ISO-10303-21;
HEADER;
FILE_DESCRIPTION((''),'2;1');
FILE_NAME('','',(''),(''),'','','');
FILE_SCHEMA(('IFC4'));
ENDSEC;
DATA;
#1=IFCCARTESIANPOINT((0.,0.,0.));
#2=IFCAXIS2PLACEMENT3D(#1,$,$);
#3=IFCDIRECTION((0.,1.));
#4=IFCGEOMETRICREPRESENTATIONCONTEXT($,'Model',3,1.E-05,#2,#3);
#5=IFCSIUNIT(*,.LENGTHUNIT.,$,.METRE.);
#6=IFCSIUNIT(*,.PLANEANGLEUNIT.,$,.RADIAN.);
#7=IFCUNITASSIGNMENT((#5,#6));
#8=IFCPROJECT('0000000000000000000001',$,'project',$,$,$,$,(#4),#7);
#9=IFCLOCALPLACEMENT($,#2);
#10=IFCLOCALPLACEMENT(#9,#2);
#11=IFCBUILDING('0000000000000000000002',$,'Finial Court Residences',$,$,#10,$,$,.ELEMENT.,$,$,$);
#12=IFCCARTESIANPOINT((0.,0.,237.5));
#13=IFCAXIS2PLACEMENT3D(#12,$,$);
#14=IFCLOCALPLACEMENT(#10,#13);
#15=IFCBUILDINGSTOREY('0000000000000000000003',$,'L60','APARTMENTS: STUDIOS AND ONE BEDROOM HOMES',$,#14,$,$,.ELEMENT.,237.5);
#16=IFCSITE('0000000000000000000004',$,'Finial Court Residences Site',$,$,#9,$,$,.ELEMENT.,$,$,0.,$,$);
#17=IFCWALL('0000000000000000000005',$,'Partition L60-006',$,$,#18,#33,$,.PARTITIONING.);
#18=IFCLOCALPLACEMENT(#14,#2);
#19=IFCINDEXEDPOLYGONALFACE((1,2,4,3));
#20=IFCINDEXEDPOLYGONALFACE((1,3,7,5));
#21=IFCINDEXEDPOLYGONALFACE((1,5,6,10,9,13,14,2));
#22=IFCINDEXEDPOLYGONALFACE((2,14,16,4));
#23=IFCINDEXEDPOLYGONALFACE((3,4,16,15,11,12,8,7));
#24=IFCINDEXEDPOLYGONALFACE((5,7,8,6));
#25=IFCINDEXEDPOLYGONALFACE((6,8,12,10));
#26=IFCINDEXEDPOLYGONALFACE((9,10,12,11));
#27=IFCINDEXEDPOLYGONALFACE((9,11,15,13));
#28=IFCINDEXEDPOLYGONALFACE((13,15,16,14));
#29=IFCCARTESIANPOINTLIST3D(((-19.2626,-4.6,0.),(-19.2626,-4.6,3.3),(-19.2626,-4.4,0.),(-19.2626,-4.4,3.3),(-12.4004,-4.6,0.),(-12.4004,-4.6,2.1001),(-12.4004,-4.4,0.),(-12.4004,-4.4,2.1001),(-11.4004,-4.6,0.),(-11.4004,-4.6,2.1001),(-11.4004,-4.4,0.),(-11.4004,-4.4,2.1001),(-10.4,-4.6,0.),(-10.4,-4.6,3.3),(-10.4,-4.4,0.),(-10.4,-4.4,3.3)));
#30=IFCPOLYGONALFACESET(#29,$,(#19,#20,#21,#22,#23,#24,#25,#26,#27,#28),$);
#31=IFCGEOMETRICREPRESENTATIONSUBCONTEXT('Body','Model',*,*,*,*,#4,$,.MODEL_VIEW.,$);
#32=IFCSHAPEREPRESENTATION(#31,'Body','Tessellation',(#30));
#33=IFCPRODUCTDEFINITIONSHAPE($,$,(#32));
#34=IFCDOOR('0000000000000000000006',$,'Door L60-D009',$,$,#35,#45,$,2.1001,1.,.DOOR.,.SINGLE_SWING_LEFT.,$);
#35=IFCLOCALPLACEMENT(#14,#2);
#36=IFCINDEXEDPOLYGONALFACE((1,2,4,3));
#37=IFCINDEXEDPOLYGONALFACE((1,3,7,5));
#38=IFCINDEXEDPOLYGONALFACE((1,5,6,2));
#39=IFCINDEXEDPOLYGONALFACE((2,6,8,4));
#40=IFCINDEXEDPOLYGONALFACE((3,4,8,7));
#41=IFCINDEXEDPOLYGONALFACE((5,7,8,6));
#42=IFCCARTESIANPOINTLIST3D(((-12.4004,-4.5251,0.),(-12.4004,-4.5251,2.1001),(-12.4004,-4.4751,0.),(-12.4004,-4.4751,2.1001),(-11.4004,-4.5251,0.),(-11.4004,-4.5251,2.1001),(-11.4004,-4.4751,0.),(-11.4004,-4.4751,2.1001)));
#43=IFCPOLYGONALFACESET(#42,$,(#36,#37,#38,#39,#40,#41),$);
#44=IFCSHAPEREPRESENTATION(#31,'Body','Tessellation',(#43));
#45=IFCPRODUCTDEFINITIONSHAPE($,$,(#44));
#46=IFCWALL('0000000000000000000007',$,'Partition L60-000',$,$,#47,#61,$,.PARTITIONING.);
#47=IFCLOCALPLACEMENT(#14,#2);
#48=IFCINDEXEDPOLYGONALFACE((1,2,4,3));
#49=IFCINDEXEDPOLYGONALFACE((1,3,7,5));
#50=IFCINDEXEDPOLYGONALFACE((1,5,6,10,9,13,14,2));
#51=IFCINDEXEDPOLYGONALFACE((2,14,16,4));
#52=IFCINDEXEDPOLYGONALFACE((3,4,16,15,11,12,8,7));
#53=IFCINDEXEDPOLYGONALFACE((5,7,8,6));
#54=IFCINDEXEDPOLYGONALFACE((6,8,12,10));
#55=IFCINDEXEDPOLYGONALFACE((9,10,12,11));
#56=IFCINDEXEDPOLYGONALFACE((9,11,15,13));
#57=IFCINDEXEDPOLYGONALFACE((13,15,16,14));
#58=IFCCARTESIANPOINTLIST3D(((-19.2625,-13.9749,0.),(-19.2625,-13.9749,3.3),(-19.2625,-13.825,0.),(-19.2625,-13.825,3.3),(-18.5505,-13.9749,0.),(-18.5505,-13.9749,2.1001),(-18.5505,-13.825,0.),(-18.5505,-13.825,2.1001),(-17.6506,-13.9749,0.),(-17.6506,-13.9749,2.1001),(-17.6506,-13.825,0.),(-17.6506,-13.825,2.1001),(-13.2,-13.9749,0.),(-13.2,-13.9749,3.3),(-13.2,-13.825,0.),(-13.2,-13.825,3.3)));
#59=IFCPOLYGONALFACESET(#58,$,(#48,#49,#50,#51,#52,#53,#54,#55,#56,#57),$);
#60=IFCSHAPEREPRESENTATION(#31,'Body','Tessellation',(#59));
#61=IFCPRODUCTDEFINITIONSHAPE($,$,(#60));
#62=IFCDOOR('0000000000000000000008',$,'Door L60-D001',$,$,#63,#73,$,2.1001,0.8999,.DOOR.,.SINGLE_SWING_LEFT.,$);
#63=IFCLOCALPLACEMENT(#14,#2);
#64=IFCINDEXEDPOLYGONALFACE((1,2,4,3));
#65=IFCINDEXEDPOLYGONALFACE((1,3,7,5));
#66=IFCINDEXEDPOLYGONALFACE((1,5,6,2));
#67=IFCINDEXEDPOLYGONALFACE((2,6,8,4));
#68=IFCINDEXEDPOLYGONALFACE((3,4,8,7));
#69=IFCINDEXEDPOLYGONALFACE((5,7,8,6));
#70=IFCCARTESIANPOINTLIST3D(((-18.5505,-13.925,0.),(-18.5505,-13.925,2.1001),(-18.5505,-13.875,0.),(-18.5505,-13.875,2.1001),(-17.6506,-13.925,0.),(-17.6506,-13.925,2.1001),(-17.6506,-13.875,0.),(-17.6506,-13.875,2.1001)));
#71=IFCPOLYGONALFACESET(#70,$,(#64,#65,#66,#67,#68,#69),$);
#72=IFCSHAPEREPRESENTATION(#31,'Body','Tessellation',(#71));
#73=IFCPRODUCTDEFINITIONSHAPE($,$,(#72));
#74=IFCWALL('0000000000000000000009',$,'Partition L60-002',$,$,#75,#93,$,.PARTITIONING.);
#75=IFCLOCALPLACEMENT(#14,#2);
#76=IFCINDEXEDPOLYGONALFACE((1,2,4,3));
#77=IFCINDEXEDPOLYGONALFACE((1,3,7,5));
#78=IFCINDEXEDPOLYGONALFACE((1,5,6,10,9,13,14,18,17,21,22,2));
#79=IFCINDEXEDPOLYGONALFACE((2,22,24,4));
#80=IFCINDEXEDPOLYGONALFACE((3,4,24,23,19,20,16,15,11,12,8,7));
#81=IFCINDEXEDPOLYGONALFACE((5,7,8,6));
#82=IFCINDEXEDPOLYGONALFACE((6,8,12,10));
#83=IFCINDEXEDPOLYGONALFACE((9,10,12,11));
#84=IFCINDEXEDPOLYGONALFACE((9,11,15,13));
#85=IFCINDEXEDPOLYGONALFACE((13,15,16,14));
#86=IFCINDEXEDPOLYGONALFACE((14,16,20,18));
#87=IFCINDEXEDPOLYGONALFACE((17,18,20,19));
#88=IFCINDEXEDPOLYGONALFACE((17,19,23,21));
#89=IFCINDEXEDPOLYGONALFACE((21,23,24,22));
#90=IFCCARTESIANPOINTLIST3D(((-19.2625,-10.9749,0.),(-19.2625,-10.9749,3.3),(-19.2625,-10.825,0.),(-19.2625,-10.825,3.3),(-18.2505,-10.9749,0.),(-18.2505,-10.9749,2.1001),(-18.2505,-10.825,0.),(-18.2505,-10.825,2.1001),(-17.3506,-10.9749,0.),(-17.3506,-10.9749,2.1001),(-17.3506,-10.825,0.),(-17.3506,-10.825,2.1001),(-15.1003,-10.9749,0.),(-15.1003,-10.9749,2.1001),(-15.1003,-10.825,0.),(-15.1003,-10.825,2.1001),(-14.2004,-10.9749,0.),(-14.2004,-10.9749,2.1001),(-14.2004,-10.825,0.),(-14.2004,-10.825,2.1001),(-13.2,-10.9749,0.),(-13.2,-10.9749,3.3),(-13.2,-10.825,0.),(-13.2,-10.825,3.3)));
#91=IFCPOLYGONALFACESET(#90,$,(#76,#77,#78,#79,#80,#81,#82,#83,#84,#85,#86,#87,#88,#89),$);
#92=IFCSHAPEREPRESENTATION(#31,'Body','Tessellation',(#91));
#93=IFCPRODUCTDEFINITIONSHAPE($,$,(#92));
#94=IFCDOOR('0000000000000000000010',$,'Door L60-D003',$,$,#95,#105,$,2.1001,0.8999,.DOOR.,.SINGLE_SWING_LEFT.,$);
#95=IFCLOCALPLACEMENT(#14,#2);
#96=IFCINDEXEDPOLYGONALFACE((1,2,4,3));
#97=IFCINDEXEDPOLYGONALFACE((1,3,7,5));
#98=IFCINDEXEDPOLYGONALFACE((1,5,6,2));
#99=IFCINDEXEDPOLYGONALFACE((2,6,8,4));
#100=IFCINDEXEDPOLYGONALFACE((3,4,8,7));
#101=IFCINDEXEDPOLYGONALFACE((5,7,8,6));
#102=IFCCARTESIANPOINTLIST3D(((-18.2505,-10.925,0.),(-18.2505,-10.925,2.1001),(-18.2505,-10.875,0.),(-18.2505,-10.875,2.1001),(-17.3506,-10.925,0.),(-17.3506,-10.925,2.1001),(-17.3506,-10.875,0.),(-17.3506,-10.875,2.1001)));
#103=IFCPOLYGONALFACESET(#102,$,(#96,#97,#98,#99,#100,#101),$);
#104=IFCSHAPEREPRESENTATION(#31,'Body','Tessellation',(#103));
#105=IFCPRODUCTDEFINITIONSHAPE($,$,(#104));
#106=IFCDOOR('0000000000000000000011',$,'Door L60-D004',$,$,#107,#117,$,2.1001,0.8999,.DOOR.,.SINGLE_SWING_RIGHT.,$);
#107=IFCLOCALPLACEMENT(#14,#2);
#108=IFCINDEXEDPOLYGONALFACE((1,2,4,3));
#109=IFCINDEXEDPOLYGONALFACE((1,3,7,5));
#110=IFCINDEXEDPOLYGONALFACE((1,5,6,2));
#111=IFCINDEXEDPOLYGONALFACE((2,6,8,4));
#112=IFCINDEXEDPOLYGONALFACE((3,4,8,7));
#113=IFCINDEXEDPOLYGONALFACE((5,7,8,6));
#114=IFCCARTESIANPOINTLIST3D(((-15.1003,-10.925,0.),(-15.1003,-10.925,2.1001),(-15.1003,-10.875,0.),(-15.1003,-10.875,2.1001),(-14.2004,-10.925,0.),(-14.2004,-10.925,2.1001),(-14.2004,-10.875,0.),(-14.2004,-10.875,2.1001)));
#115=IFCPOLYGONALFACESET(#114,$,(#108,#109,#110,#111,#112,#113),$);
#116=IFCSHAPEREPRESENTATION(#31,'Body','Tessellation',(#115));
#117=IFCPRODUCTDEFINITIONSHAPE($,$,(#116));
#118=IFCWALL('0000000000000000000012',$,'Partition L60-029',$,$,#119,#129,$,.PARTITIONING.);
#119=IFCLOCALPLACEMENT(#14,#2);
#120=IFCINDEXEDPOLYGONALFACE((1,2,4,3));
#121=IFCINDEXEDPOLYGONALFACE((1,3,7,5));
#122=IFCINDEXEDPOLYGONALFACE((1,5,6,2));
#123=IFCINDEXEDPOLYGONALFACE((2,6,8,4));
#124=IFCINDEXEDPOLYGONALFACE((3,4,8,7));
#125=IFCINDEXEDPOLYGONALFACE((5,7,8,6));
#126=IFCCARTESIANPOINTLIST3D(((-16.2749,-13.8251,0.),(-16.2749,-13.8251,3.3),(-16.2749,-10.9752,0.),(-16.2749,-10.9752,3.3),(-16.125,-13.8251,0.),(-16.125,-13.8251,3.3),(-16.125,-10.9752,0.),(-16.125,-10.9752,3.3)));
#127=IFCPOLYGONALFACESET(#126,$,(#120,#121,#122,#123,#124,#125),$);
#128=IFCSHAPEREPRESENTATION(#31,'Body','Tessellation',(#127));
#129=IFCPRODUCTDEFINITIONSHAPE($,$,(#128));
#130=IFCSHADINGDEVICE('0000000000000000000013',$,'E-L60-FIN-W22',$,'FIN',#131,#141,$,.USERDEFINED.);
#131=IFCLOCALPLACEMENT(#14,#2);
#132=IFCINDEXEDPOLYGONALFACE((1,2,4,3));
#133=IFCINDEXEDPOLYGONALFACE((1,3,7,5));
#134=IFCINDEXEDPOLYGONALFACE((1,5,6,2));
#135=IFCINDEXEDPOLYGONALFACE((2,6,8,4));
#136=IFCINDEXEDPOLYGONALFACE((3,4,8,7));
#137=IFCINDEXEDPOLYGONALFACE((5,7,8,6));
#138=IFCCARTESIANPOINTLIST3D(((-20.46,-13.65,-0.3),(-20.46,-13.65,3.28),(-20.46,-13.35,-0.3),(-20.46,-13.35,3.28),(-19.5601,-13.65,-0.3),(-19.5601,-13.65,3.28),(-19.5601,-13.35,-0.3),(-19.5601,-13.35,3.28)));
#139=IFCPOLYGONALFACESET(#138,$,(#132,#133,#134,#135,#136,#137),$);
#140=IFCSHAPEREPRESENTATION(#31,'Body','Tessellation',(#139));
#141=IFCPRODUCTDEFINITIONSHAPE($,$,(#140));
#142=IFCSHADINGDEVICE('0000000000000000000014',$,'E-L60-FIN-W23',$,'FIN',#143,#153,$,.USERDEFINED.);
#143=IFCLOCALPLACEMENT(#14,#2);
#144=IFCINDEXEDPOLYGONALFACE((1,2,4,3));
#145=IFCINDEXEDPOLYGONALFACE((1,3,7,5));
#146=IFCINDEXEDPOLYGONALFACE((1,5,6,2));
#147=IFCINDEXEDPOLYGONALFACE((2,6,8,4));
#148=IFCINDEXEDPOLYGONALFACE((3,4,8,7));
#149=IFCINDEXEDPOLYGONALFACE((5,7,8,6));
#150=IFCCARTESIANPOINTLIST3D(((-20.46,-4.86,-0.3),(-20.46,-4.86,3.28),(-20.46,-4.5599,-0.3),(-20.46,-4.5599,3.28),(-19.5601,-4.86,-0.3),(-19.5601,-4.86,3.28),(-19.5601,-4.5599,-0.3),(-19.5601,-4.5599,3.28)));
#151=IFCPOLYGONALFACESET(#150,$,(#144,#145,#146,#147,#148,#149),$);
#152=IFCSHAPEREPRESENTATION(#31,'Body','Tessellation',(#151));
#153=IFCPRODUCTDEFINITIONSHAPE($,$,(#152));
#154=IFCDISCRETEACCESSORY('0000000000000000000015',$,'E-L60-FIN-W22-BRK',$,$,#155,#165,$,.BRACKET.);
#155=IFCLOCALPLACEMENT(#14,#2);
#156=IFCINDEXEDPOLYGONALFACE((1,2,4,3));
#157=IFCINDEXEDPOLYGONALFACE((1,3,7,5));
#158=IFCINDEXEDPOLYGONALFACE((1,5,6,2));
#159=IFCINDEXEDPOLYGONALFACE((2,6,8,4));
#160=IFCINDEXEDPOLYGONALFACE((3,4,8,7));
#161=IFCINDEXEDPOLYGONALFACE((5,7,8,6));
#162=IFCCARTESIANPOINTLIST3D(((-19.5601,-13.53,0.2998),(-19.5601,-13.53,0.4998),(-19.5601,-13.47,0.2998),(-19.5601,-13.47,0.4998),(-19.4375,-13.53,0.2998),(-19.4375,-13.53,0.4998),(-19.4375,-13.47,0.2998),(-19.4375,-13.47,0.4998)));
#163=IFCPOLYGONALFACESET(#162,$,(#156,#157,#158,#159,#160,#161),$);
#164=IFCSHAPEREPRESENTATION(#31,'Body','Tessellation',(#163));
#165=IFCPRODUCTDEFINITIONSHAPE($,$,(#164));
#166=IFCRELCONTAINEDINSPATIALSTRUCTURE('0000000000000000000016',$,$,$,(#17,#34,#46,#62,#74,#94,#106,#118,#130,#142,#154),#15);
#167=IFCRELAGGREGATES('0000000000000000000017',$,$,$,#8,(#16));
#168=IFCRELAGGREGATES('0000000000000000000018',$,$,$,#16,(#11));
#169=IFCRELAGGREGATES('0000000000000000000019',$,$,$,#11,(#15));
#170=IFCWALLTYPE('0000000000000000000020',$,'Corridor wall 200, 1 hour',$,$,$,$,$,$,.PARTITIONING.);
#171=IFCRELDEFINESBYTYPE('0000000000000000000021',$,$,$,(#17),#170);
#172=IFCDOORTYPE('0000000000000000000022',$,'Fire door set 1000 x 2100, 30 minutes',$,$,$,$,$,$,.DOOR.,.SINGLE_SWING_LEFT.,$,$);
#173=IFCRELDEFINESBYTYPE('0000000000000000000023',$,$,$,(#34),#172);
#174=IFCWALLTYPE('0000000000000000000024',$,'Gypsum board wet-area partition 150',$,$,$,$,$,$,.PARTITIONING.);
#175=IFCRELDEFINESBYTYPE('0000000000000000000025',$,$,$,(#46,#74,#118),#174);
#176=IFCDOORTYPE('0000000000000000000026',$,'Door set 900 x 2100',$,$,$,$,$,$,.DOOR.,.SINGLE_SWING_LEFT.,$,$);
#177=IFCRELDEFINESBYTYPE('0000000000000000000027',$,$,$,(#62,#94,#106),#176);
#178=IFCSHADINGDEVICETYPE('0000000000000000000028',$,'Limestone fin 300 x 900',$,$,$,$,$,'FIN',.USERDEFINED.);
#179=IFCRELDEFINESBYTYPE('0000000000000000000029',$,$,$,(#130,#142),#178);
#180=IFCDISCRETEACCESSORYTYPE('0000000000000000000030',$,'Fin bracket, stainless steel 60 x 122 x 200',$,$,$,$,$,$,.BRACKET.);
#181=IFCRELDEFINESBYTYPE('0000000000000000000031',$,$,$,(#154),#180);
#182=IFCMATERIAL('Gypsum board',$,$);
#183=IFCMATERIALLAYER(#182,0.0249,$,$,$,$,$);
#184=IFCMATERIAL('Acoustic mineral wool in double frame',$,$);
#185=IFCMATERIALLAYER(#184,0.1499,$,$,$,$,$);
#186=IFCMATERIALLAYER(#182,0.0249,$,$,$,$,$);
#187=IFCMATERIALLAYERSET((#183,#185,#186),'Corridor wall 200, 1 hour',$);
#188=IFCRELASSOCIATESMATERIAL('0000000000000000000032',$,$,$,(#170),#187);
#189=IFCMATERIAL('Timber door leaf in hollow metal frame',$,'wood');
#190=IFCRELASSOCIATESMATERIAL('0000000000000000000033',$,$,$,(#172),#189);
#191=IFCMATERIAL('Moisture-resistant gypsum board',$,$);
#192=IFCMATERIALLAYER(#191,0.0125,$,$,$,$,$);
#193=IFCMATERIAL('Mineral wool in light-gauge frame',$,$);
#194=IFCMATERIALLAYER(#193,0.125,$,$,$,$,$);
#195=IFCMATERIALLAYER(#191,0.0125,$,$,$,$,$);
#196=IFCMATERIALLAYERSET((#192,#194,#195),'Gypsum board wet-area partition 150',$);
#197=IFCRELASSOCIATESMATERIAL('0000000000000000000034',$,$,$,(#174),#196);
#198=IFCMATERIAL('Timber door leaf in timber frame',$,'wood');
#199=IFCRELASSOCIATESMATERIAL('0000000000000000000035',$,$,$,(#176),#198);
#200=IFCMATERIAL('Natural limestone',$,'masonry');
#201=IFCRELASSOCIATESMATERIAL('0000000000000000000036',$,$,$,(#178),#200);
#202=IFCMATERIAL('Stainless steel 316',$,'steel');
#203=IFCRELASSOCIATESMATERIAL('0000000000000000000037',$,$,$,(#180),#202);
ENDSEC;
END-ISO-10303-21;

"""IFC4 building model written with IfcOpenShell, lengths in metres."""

from ifc_helpers import new_model, si_unit, direction, frame, frame_2d, origin, origin_2d, place, context, subcontext, project, spatial, rectangle, extrude, material, layer, layer_set, type_object, element, fill, save


model = new_model("IFC4")

# Units and contexts
model_context = context("Model", 3, precision=1e-05, world=origin(), true_north=direction((0.0, 1.0)))
body_context = subcontext(model_context, "Body", "Model", "MODEL_VIEW")
ifc_project = project(units=[si_unit("LENGTHUNIT", "METRE"), si_unit("PLANEANGLEUNIT", "RADIAN")], contexts=[model_context])

# Site, building, storey
site_placement = place(None, origin())
site = spatial("IfcSite", under=ifc_project, at=site_placement, Name="Finial Court Residences Site", CompositionType="ELEMENT", RefElevation=0.0)
building_placement = place(site_placement, origin())
building = spatial("IfcBuilding", under=site, at=building_placement, Name="Finial Court Residences", CompositionType="ELEMENT")
storey_placement = place(building_placement, frame((0.0, 0.0, 237.5)))
storey = spatial("IfcBuildingStorey", under=building, at=storey_placement, Name="L60", Description="APARTMENTS: STUDIOS AND ONE BEDROOM HOMES", CompositionType="ELEMENT", Elevation=237.5)

# Walls, openings, doors
ifc_material_1 = material(Name="Gypsum board")
ifc_layer_1 = layer(ifc_material_1, 0.0249)
ifc_material_2 = material(Name="Acoustic mineral wool in double frame")
ifc_layer_2 = layer(ifc_material_2, 0.1499)
ifc_layer_3 = layer(ifc_material_1, 0.0249)
ifc_layer_set_1 = layer_set([ifc_layer_1, ifc_layer_2, ifc_layer_3], Name="Corridor wall 200, 1 hour")
wall_type_1 = type_object("IfcWallType", Name="Corridor wall 200, 1 hour", PredefinedType="PARTITIONING", material=ifc_layer_set_1)
ifc_material_3 = material(Name="Timber door leaf in hollow metal frame", Category="wood")
door_type_1 = type_object("IfcDoorType", Name="Fire door set 1000 x 2100, 30 minutes", OperationType="SINGLE_SWING_LEFT", PredefinedType="DOOR", material=ifc_material_3)
wall_1_placement = place(storey_placement, frame((-19.2625, -4.5, 0.0), z_axis=(0.0, 0.0, 1.0), x_axis=(1.0, 0.0, 0.0)))
wall_1 = element("IfcWall", 1, at=wall_1_placement, inside=storey, type_object=wall_type_1, Name="Partition L60-006", PredefinedType="PARTITIONING", context=body_context, shape_type="SweptSolid", body=[
    extrude(rectangle(XDim=8.8625, YDim=0.2, at=frame_2d((4.4312, 0.0))), origin(), (0.0, 0.0, 1.0), 3.3),
])
opening_1_placement = place(wall_1_placement, frame((6.8621, 0.0, 0.0)))
opening_1 = element("IfcOpeningElement", 2, at=opening_1_placement, cuts=wall_1, PredefinedType="OPENING", context=body_context, shape_type="SweptSolid", body=[
    extrude(rectangle(XDim=1.0, YDim=2.1001, at=frame_2d((0.5, 1.05))), frame((0.0, 0.1099, 0.0), z_axis=(0.0, -1.0, 0.0), x_axis=(1.0, 0.0, 0.0)), (0.0, 0.0, 1.0), 0.22),
])
door_1_placement = place(opening_1_placement, origin())
door_1 = element("IfcDoor", 3, at=door_1_placement, inside=storey, type_object=door_type_1, Name="Door L60-D009", OperationType="SINGLE_SWING_LEFT", OverallHeight=2.1001, OverallWidth=1.0, PredefinedType="DOOR", context=body_context, shape_type="SweptSolid", body=[
    extrude(rectangle(XDim=1.0, YDim=2.1001, at=frame_2d((0.5, 1.05))), frame((0.0, 0.0249, 0.0), z_axis=(0.0, -1.0, 0.0), x_axis=(1.0, 0.0, 0.0)), (0.0, 0.0, 1.0), 0.05),
])
fill(opening_1, door_1)
ifc_material_4 = material(Name="Moisture-resistant gypsum board")
ifc_layer_4 = layer(ifc_material_4, 0.0125)
ifc_material_5 = material(Name="Mineral wool in light-gauge frame")
ifc_layer_5 = layer(ifc_material_5, 0.125)
ifc_layer_6 = layer(ifc_material_4, 0.0125)
ifc_layer_set_2 = layer_set([ifc_layer_4, ifc_layer_5, ifc_layer_6], Name="Gypsum board wet-area partition 150")
wall_type_2 = type_object("IfcWallType", Name="Gypsum board wet-area partition 150", PredefinedType="PARTITIONING", material=ifc_layer_set_2)
wall_2_placement = place(storey_placement, frame((-19.2625, -13.8999, 0.0), z_axis=(0.0, 0.0, 1.0), x_axis=(1.0, 0.0, 0.0)))
wall_2 = element("IfcWall", 4, at=wall_2_placement, inside=storey, type_object=wall_type_2, Name="Partition L60-000", PredefinedType="PARTITIONING", context=body_context, shape_type="SweptSolid", body=[
    extrude(rectangle(XDim=6.0625, YDim=0.1499, at=frame_2d((3.0312, 0.0))), origin(), (0.0, 0.0, 1.0), 3.3),
])
opening_2_placement = place(wall_2_placement, frame((0.7119, 0.0, 0.0)))
opening_2 = element("IfcOpeningElement", 5, at=opening_2_placement, cuts=wall_2, PredefinedType="OPENING", context=body_context, shape_type="SweptSolid", body=[
    extrude(rectangle(XDim=0.8999, YDim=2.1001, at=frame_2d((0.45, 1.05))), frame((0.0, 0.085, 0.0), z_axis=(0.0, -1.0, 0.0), x_axis=(1.0, 0.0, 0.0)), (0.0, 0.0, 1.0), 0.1699),
])
ifc_material_6 = material(Name="Timber door leaf in timber frame", Category="wood")
door_type_2 = type_object("IfcDoorType", Name="Door set 900 x 2100", OperationType="SINGLE_SWING_LEFT", PredefinedType="DOOR", material=ifc_material_6)
door_2_placement = place(opening_2_placement, origin())
door_2 = element("IfcDoor", 6, at=door_2_placement, inside=storey, type_object=door_type_2, Name="Door L60-D001", OperationType="SINGLE_SWING_LEFT", OverallHeight=2.1001, OverallWidth=0.8999, PredefinedType="DOOR", context=body_context, shape_type="SweptSolid", body=[
    extrude(rectangle(XDim=0.8999, YDim=2.1001, at=frame_2d((0.45, 1.05))), frame((0.0, 0.0249, 0.0), z_axis=(0.0, -1.0, 0.0), x_axis=(1.0, 0.0, 0.0)), (0.0, 0.0, 1.0), 0.05),
])
fill(opening_2, door_2)

# Wall, openings, doors
wall_3_placement = place(storey_placement, frame((-19.2625, -10.8999, 0.0), z_axis=(0.0, 0.0, 1.0), x_axis=(1.0, 0.0, 0.0)))
wall_3 = element("IfcWall", 7, at=wall_3_placement, inside=storey, type_object=wall_type_2, Name="Partition L60-002", PredefinedType="PARTITIONING", context=body_context, shape_type="SweptSolid", body=[
    extrude(rectangle(XDim=6.0625, YDim=0.1499, at=frame_2d((3.0312, 0.0))), origin(), (0.0, 0.0, 1.0), 3.3),
])
opening_3_placement = place(wall_3_placement, frame((1.012, 0.0, 0.0)))
opening_3 = element("IfcOpeningElement", 8, at=opening_3_placement, cuts=wall_3, PredefinedType="OPENING", context=body_context, shape_type="SweptSolid", body=[
    extrude(rectangle(XDim=0.8999, YDim=2.1001, at=frame_2d((0.45, 1.05))), frame((0.0, 0.085, 0.0), z_axis=(0.0, -1.0, 0.0), x_axis=(1.0, 0.0, 0.0)), (0.0, 0.0, 1.0), 0.1699),
])
opening_4_placement = place(wall_3_placement, frame((4.1621, 0.0, 0.0)))
opening_4 = element("IfcOpeningElement", 9, at=opening_4_placement, cuts=wall_3, PredefinedType="OPENING", context=body_context, shape_type="SweptSolid", body=[
    extrude(rectangle(XDim=0.8999, YDim=2.1001, at=frame_2d((0.45, 1.05))), frame((0.0, 0.085, 0.0), z_axis=(0.0, -1.0, 0.0), x_axis=(1.0, 0.0, 0.0)), (0.0, 0.0, 1.0), 0.1699),
])
door_3_placement = place(opening_3_placement, origin())
door_3 = element("IfcDoor", 10, at=door_3_placement, inside=storey, type_object=door_type_2, Name="Door L60-D003", OperationType="SINGLE_SWING_LEFT", OverallHeight=2.1001, OverallWidth=0.8999, PredefinedType="DOOR", context=body_context, shape_type="SweptSolid", body=[
    extrude(rectangle(XDim=0.8999, YDim=2.1001, at=frame_2d((0.45, 1.05))), frame((0.0, 0.0249, 0.0), z_axis=(0.0, -1.0, 0.0), x_axis=(1.0, 0.0, 0.0)), (0.0, 0.0, 1.0), 0.05),
])
fill(opening_3, door_3)
door_4_placement = place(opening_4_placement, origin())
door_4 = element("IfcDoor", 11, at=door_4_placement, inside=storey, type_object=door_type_2, Name="Door L60-D004", OperationType="SINGLE_SWING_RIGHT", OverallHeight=2.1001, OverallWidth=0.8999, PredefinedType="DOOR", context=body_context, shape_type="SweptSolid", body=[
    extrude(rectangle(XDim=0.8999, YDim=2.1001, at=frame_2d((0.45, 1.05))), frame((0.0, 0.0249, 0.0), z_axis=(0.0, -1.0, 0.0), x_axis=(1.0, 0.0, 0.0)), (0.0, 0.0, 1.0), 0.05),
])
fill(opening_4, door_4)

# Wall
wall_4_placement = place(storey_placement, frame((-16.2, -13.825, 0.0), z_axis=(0.0, 0.0, 1.0), x_axis=(0.0, 1.0, 0.0)))
element("IfcWall", 12, at=wall_4_placement, inside=storey, type_object=wall_type_2, Name="Partition L60-029", PredefinedType="PARTITIONING", context=body_context, shape_type="SweptSolid", body=[
    extrude(rectangle(XDim=2.8499, YDim=0.1499, at=frame_2d((1.4248, 0.0))), origin(), (0.0, 0.0, 1.0), 3.3),
])

# Shading devices
ifc_material_7 = material(Name="Natural limestone", Category="masonry")
shading_device_type = type_object("IfcShadingDeviceType", Name="Limestone fin 300 x 900", ElementType="FIN", PredefinedType="USERDEFINED", material=ifc_material_7)
for number, where, z_axis, x_axis, name in (
    (13, (-20.01, -13.5, -0.3), (0.0, 0.0, 1.0), (1.0, 0.0, 0.0), "E-L60-FIN-W22"),
    (14, (-20.01, -4.71, -0.3), (0.0, 0.0, 1.0), (1.0, 0.0, 0.0), "E-L60-FIN-W23"),
):
    element("IfcShadingDevice", number, at=place(storey_placement, frame(where, z_axis=z_axis, x_axis=x_axis)), inside=storey, type_object=shading_device_type, Name=name, ObjectType="FIN", PredefinedType="USERDEFINED", context=body_context, shape_type="SweptSolid", body=[
        extrude(rectangle(XDim=0.8999, YDim=0.3, at=origin_2d()), origin(), (0.0, 0.0, 1.0), 3.5801),
    ])

# Discrete accessory
ifc_material_8 = material(Name="Stainless steel 316", Category="steel")
discrete_accessory_type = type_object("IfcDiscreteAccessoryType", Name="Fin bracket, stainless steel 60 x 122 x 200", PredefinedType="BRACKET", material=ifc_material_8)
discrete_accessory_placement = place(storey_placement, frame((-19.4988, -13.5, 0.2998), z_axis=(0.0, 0.0, 1.0), x_axis=(1.0, 0.0, 0.0)))
element("IfcDiscreteAccessory", 15, at=discrete_accessory_placement, inside=storey, type_object=discrete_accessory_type, Name="E-L60-FIN-W22-BRK", PredefinedType="BRACKET", context=body_context, shape_type="SweptSolid", body=[
    extrude(rectangle(XDim=0.1226, YDim=0.0601, at=origin_2d()), origin(), (0.0, 0.0, 1.0), 0.2),
])

save(model, "model.ifc")
